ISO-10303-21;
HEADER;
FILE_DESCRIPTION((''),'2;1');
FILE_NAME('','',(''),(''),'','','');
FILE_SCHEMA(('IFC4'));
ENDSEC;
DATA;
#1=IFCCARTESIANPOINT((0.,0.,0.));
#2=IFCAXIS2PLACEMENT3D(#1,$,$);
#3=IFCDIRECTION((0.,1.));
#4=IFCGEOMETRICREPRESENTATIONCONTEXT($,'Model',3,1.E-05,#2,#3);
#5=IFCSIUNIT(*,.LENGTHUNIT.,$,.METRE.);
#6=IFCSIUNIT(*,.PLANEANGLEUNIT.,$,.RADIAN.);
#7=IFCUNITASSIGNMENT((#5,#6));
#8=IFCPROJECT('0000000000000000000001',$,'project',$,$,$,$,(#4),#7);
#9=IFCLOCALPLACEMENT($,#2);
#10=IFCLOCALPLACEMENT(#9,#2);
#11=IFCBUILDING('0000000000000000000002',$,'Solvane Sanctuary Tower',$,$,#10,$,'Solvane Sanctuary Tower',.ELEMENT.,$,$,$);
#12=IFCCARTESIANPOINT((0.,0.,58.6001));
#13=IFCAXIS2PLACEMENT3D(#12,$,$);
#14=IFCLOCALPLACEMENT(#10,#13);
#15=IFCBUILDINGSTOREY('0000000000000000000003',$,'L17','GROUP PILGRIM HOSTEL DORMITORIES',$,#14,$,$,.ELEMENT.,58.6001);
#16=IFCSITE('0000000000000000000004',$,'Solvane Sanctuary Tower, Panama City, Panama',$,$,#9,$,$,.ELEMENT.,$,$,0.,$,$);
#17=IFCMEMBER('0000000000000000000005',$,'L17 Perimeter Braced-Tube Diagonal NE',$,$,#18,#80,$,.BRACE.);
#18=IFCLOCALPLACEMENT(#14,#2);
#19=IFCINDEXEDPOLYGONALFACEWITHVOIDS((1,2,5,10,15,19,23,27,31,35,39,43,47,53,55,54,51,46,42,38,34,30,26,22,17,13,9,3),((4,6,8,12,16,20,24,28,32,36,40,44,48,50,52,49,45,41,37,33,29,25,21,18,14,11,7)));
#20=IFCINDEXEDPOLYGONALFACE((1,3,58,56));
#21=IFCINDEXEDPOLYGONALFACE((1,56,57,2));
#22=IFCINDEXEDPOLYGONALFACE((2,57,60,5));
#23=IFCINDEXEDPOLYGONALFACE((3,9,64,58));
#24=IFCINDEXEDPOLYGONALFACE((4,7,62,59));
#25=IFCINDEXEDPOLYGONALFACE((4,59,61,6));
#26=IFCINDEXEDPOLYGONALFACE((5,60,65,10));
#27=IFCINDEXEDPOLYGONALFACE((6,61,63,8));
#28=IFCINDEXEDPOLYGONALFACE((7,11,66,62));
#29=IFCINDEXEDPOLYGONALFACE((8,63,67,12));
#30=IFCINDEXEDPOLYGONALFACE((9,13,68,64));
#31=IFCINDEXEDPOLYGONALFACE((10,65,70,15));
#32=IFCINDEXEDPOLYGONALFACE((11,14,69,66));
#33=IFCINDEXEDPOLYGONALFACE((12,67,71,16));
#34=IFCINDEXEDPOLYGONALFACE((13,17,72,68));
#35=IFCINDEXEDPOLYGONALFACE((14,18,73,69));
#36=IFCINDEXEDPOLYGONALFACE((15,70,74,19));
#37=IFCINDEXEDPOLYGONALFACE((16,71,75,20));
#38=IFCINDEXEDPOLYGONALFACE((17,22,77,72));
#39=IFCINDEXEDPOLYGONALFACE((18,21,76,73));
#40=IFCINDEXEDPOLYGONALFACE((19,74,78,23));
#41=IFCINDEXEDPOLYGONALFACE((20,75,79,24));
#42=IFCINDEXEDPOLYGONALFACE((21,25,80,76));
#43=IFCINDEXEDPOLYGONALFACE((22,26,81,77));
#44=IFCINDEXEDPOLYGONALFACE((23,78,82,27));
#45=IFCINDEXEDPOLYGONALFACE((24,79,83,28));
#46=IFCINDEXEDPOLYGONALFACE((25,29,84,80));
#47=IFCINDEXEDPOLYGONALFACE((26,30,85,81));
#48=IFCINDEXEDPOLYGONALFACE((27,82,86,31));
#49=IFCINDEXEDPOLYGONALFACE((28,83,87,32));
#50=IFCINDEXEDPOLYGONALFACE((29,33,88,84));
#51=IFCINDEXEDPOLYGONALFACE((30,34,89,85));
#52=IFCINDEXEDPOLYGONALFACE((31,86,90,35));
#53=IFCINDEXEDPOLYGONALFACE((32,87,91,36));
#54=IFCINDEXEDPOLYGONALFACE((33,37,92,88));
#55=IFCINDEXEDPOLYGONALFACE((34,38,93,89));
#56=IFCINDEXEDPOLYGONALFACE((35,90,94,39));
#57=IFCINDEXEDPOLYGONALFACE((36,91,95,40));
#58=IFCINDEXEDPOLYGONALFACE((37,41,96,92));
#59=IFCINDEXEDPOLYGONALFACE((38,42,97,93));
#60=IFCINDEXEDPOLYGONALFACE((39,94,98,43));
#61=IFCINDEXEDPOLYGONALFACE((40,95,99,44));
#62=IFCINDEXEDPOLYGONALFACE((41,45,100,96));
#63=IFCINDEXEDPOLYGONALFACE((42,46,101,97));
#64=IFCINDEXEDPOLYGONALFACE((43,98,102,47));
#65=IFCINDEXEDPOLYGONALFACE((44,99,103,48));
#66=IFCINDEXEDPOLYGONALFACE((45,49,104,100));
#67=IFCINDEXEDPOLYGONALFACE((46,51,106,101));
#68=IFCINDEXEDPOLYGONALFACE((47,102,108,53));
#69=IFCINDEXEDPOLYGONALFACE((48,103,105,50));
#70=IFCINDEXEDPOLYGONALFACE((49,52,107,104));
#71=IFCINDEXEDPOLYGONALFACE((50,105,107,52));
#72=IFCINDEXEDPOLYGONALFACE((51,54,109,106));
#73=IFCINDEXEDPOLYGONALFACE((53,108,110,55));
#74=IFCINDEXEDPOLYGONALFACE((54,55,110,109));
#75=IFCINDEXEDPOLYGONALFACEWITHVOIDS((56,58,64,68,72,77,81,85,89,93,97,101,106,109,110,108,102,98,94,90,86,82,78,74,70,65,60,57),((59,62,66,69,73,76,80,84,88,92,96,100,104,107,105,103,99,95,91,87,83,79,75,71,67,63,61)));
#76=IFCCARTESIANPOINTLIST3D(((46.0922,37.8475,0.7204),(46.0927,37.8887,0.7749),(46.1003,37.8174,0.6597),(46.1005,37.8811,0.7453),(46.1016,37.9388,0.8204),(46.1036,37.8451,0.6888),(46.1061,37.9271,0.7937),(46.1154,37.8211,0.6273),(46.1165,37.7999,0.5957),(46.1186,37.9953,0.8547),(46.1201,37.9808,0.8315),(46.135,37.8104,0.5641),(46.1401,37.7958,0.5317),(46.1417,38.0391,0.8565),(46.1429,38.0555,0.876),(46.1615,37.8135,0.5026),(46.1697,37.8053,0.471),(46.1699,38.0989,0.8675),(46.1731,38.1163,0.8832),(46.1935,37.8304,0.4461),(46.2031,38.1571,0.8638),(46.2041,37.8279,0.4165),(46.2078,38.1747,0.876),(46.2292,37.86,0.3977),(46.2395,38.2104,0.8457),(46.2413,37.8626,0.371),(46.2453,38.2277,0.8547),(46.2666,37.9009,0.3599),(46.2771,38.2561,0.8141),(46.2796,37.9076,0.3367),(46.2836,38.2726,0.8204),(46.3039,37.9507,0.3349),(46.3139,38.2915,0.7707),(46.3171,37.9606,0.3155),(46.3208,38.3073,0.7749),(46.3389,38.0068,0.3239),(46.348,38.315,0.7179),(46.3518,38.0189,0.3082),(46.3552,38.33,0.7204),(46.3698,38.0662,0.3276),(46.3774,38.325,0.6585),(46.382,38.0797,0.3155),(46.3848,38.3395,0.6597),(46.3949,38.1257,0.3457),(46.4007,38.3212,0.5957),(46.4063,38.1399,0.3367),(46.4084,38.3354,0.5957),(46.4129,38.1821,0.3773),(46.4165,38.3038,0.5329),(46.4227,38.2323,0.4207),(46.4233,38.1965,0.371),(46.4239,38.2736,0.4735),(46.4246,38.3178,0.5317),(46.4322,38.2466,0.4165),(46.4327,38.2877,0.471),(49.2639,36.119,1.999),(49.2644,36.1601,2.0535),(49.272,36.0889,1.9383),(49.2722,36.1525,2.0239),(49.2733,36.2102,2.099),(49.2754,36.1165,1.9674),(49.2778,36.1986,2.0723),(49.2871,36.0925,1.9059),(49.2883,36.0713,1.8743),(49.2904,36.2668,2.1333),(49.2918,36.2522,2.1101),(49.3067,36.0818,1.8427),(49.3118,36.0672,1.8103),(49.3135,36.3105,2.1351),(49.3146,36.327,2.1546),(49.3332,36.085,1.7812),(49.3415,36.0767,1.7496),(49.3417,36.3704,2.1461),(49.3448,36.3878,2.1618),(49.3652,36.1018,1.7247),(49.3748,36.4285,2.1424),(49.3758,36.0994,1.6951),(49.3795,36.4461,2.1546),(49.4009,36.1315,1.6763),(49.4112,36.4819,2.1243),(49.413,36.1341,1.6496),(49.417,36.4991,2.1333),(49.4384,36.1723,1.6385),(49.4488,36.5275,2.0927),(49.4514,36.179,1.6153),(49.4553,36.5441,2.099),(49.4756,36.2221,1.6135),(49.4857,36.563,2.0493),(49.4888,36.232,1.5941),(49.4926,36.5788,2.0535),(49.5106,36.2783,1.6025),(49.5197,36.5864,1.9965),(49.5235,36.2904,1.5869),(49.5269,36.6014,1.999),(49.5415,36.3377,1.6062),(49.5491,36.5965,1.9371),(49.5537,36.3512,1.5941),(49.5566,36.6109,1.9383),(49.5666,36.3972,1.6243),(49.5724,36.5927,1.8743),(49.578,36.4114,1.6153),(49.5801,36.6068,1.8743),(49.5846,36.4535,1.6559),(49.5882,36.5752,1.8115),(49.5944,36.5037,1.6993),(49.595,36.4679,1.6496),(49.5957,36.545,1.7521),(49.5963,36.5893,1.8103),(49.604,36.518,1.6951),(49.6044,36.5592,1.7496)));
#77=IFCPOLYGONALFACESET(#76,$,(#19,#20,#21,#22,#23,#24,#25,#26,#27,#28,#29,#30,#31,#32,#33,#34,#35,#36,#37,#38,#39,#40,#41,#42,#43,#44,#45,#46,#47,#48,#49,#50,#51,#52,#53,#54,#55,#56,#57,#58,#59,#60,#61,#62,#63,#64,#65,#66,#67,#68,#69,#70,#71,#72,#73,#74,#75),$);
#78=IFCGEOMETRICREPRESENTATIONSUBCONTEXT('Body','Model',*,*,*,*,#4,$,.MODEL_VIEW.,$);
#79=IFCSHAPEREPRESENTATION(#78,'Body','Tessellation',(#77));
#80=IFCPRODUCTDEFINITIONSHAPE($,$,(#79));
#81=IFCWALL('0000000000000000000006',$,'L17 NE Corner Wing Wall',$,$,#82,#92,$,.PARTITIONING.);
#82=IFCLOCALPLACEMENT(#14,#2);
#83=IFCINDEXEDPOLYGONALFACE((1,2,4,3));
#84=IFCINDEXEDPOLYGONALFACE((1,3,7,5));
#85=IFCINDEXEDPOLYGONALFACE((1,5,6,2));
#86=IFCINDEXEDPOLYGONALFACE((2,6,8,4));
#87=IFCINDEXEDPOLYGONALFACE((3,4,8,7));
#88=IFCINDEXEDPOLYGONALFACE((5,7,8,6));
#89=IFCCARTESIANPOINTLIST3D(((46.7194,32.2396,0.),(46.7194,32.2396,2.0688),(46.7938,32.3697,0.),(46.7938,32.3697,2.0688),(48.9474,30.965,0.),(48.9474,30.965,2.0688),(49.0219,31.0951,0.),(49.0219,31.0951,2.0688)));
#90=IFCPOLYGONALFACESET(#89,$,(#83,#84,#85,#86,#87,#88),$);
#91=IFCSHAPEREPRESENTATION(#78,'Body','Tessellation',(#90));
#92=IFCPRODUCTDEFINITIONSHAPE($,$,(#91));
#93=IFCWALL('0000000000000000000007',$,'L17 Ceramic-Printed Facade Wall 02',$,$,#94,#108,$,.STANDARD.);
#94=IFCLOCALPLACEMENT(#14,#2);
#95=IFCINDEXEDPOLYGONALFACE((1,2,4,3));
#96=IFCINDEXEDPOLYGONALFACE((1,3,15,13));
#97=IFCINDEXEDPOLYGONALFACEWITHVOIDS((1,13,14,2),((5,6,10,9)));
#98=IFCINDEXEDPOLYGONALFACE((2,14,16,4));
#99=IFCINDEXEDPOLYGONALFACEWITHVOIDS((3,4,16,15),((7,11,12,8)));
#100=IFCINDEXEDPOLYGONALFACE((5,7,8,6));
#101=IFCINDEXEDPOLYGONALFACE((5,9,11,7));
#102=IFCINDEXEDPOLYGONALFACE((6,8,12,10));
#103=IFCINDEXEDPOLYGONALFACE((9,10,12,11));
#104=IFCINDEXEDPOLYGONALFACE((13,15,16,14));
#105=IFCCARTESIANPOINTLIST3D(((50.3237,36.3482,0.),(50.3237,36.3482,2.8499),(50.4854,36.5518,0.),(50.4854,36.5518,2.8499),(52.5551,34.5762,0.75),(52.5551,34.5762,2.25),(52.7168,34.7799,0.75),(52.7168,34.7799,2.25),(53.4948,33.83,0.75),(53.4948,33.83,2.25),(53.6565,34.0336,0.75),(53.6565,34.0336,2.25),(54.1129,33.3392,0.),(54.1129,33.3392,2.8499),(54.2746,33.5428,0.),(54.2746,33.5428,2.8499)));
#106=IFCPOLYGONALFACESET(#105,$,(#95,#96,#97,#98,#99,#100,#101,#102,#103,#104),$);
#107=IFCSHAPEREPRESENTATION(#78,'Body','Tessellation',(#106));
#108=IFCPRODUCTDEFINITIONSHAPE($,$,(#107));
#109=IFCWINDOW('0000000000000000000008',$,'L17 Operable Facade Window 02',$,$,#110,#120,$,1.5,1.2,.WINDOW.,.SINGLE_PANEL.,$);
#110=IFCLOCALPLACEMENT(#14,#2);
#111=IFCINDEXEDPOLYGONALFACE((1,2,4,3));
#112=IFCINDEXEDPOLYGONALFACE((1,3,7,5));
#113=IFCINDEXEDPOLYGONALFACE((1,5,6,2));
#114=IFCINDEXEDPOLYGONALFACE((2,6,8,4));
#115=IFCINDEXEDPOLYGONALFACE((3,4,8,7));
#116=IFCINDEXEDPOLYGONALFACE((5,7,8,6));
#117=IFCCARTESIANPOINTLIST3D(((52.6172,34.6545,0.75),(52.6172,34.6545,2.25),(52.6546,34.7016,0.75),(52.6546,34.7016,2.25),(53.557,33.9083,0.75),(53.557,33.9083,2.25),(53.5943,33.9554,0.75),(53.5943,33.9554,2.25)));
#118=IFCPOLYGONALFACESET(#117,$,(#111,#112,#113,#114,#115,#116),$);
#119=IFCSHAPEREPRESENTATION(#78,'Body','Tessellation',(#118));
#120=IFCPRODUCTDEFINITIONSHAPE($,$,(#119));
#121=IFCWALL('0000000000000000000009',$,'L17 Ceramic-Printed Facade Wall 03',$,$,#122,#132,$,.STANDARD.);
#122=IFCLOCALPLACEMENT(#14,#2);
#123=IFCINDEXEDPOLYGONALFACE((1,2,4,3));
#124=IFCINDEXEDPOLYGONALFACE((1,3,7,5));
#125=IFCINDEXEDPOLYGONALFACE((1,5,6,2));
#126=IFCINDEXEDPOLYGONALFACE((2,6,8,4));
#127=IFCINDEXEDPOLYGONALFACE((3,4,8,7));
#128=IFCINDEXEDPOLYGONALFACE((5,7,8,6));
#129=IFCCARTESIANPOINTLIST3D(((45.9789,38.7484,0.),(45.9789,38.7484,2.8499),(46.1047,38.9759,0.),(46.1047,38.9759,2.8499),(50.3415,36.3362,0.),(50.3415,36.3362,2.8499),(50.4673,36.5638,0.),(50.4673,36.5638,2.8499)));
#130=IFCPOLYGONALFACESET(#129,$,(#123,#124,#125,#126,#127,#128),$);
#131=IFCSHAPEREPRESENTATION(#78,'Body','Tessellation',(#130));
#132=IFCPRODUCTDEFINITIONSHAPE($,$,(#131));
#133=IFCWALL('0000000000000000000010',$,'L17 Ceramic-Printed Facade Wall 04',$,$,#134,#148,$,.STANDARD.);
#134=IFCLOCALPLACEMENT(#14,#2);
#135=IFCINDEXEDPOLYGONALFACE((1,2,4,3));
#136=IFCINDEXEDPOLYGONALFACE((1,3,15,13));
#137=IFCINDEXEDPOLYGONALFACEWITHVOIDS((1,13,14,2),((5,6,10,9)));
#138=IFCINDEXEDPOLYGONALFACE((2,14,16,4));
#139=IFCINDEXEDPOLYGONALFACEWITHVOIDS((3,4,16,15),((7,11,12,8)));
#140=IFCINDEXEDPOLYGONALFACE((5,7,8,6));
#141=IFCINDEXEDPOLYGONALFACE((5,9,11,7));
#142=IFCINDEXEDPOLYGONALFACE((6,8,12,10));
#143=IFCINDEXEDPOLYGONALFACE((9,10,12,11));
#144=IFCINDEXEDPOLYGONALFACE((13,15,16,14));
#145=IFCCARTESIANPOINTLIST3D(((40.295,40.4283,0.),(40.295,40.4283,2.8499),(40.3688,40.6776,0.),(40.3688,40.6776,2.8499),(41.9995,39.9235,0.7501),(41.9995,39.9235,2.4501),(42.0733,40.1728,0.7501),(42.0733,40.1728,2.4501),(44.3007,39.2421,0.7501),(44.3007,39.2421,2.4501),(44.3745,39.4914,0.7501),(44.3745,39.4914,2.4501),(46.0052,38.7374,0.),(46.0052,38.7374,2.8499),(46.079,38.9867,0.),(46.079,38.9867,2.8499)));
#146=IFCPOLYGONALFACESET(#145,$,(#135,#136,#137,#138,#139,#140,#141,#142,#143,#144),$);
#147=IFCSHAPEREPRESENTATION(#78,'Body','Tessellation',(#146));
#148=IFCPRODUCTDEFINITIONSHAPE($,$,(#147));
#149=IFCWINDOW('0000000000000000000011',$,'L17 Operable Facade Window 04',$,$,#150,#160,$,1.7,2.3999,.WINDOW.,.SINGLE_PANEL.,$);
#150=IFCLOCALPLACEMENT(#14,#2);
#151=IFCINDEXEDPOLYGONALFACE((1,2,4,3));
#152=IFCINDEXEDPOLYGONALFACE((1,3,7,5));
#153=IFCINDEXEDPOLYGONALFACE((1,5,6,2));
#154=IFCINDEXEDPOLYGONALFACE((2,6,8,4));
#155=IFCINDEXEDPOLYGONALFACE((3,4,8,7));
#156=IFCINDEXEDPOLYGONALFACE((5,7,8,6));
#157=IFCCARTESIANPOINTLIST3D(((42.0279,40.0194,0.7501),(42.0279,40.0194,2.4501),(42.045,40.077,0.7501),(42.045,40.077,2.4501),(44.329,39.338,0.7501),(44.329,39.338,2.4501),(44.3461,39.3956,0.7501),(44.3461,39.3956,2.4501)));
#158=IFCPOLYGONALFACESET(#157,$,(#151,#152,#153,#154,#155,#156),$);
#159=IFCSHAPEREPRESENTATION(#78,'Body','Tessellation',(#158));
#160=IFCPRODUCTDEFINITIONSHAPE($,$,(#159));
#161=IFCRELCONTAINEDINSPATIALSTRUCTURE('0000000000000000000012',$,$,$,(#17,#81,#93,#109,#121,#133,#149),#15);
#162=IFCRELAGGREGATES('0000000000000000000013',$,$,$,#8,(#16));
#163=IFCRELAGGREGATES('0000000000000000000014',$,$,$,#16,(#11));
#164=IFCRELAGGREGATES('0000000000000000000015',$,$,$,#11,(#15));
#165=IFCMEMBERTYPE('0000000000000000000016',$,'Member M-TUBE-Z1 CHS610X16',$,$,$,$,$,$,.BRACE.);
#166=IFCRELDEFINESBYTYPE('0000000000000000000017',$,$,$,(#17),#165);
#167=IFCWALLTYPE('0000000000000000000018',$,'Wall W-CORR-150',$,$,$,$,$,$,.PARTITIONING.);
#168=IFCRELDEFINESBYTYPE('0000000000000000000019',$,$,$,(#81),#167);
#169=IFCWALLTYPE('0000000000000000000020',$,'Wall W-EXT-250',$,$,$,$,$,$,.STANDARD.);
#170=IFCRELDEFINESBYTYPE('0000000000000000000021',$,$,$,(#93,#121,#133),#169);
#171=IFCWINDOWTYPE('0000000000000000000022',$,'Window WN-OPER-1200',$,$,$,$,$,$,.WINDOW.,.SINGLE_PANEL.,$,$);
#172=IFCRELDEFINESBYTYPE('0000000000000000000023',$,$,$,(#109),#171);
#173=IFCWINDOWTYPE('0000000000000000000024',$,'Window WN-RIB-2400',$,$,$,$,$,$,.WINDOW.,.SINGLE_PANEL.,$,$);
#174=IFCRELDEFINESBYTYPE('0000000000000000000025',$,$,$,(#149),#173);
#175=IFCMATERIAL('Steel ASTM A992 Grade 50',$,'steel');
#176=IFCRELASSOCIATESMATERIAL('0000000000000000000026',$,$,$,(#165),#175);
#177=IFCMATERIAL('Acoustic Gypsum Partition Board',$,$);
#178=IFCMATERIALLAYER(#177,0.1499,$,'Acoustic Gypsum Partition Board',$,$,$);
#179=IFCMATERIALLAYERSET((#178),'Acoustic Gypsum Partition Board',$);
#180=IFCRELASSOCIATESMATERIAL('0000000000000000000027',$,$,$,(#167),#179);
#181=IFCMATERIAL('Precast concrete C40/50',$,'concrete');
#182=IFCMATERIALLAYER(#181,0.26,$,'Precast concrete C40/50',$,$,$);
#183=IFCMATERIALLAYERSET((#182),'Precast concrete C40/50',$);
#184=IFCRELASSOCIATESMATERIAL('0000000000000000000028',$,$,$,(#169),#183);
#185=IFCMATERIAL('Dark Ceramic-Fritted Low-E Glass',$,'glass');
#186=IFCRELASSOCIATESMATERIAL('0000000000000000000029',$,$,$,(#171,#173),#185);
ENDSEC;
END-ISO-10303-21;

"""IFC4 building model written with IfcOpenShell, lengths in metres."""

from ifc_helpers import new_model, si_unit, direction, frame, frame_2d, origin, origin_2d, place, context, subcontext, project, spatial, rectangle, hollow_circle, extrude, material, layer, layer_set, material_profile, profile_set, type_object, element, fill, save


model = new_model("IFC4")

# Units and contexts
model_context = context("Model", 3, precision=1e-05, world=origin(), true_north=direction((0.0, 1.0)))
body_context = subcontext(model_context, "Body", "Model", "MODEL_VIEW")
ifc_project = project(units=[si_unit("LENGTHUNIT", "METRE"), si_unit("PLANEANGLEUNIT", "RADIAN")], contexts=[model_context])

# Site, building, storey
site_placement = place(None, origin())
site = spatial("IfcSite", under=ifc_project, at=site_placement, Name="Solvane Sanctuary Tower, Panama City, Panama", CompositionType="ELEMENT", RefElevation=0.0)
building_placement = place(site_placement, origin())
building = spatial("IfcBuilding", under=site, at=building_placement, Name="Solvane Sanctuary Tower", LongName="Solvane Sanctuary Tower", CompositionType="ELEMENT")
storey_placement = place(building_placement, frame((0.0, 0.0, 58.6001)))
storey = spatial("IfcBuildingStorey", under=building, at=storey_placement, Name="L17", Description="GROUP PILGRIM HOSTEL DORMITORIES", CompositionType="ELEMENT", Elevation=58.6001)

# Shared definitions
ifc_material_1 = material(Name="Steel ASTM A992 Grade 50", Category="steel")

# Member
ifc_material_profile_1 = material_profile(ifc_material_1, hollow_circle(Radius=0.3049, WallThickness=0.0161, at=origin_2d()), Name="CHS610X16")
ifc_profile_set_1 = profile_set([ifc_material_profile_1], Name="Steel ASTM A992 Grade 50")
member_type = type_object("IfcMemberType", Name="Member M-TUBE-Z1 CHS610X16", PredefinedType="BRACE", material=ifc_profile_set_1)
member_placement = place(storey_placement, frame((46.2625, 38.0676, 0.5957), z_axis=(0.82774, -0.451112, 0.333683), x_axis=(0.47854, 0.878066, 0.0)))
element("IfcMember", 1, at=member_placement, inside=storey, type_object=member_type, Name="L17 Perimeter Braced-Tube Diagonal NE", PredefinedType="BRACE", context=body_context, shape_type="SweptSolid", body=[
    extrude(hollow_circle(Radius=0.3049, WallThickness=0.0161, at=origin_2d()), origin(), (0.0, 0.0, 1.0), 3.8318),
])

# Wall
ifc_material_2 = material(Name="Acoustic Gypsum Partition Board")
ifc_layer_1 = layer(ifc_material_2, 0.1499, Name="Acoustic Gypsum Partition Board")
ifc_layer_set_1 = layer_set([ifc_layer_1], Name="Acoustic Gypsum Partition Board")
wall_type_1 = type_object("IfcWallType", Name="Wall W-CORR-150", PredefinedType="PARTITIONING", material=ifc_layer_set_1)
wall_1_placement = place(storey_placement, frame((46.7566, 32.3047, 0.0), z_axis=(0.0, 0.0, 1.0), x_axis=(0.867991, -0.496579, 0.0)))
element("IfcWall", 2, at=wall_1_placement, inside=storey, type_object=wall_type_1, Name="L17 NE Corner Wing Wall", PredefinedType="PARTITIONING", context=body_context, shape_type="SweptSolid", body=[
    extrude(rectangle(XDim=2.5669, YDim=0.1499, at=frame_2d((1.2834, 0.0))), origin(), (0.0, 0.0, 1.0), 2.0688),
])

# Wall, opening, window
ifc_material_3 = material(Name="Precast concrete C40/50", Category="concrete")
ifc_layer_2 = layer(ifc_material_3, 0.26, Name="Precast concrete C40/50")
ifc_layer_set_2 = layer_set([ifc_layer_2], Name="Precast concrete C40/50")
wall_type_2 = type_object("IfcWallType", Name="Wall W-EXT-250", PredefinedType="STANDARD", material=ifc_layer_set_2)
wall_2_placement = place(storey_placement, frame((54.1938, 33.4409, 0.0), z_axis=(0.0, 0.0, 1.0), x_axis=(-0.783123, 0.621867, 0.0)))
wall_2 = element("IfcWall", 3, at=wall_2_placement, inside=storey, type_object=wall_type_2, Name="L17 Ceramic-Printed Facade Wall 02", PredefinedType="STANDARD", context=body_context, shape_type="SweptSolid", body=[
    extrude(rectangle(XDim=4.8386, YDim=0.26, at=frame_2d((2.4194, 0.0))), origin(), (0.0, 0.0, 1.0), 2.8499),
])
opening_1_placement = place(wall_2_placement, frame((0.7893, 0.0, 0.75)))
opening_1 = element("IfcOpeningElement", 4, at=opening_1_placement, cuts=wall_2, PredefinedType="OPENING", context=body_context, shape_type="SweptSolid", body=[
    extrude(rectangle(XDim=1.2, YDim=1.5, at=frame_2d((0.6001, 0.75))), frame((0.0, 0.1399, 0.0), z_axis=(0.0, -1.0, 0.0), x_axis=(1.0, 0.0, 0.0)), (0.0, 0.0, 1.0), 0.28),
])
ifc_material_4 = material(Name="Dark Ceramic-Fritted Low-E Glass", Category="glass")
window_type_1 = type_object("IfcWindowType", Name="Window WN-OPER-1200", PartitioningType="SINGLE_PANEL", PredefinedType="WINDOW", material=ifc_material_4)
window_1_placement = place(opening_1_placement, origin())
window_1 = element("IfcWindow", 5, at=window_1_placement, inside=storey, type_object=window_type_1, Name="L17 Operable Facade Window 02", OverallHeight=1.5, OverallWidth=1.2, PartitioningType="SINGLE_PANEL", PredefinedType="WINDOW", context=body_context, shape_type="SweptSolid", body=[
    extrude(rectangle(XDim=1.2, YDim=1.5, at=frame_2d((0.6001, 0.75))), frame((0.0, 0.03, 0.0), z_axis=(0.0, -1.0, 0.0), x_axis=(1.0, 0.0, 0.0)), (0.0, 0.0, 1.0), 0.0601),
])
fill(opening_1, window_1)

# Wall
wall_3_placement = place(storey_placement, frame((50.4045, 36.45, 0.0), z_axis=(0.0, 0.0, 1.0), x_axis=(-0.875137, 0.483875, 0.0)))
element("IfcWall", 6, at=wall_3_placement, inside=storey, type_object=wall_type_2, Name="L17 Ceramic-Printed Facade Wall 03", PredefinedType="STANDARD", context=body_context, shape_type="SweptSolid", body=[
    extrude(rectangle(XDim=4.9851, YDim=0.26, at=frame_2d((2.4927, 0.0))), origin(), (0.0, 0.0, 1.0), 2.8499),
])

# Wall, opening, window
wall_4_placement = place(storey_placement, frame((46.042, 38.8621, 0.0), z_axis=(0.0, 0.0, 1.0), x_axis=(-0.958844, 0.283935, 0.0)))
wall_4 = element("IfcWall", 7, at=wall_4_placement, inside=storey, type_object=wall_type_2, Name="L17 Ceramic-Printed Facade Wall 04", PredefinedType="STANDARD", context=body_context, shape_type="SweptSolid", body=[
    extrude(rectangle(XDim=5.9553, YDim=0.26, at=frame_2d((2.9775, 0.0))), origin(), (0.0, 0.0, 1.0), 2.8499),
])
opening_2_placement = place(wall_4_placement, frame((1.7776, 0.0, 0.75)))
opening_2 = element("IfcOpeningElement", 8, at=opening_2_placement, cuts=wall_4, PredefinedType="OPENING", context=body_context, shape_type="SweptSolid", body=[
    extrude(rectangle(XDim=2.3999, YDim=1.7, at=frame_2d((1.2, 0.8501))), frame((0.0, 0.1399, 0.0), z_axis=(0.0, -1.0, 0.0), x_axis=(1.0, 0.0, 0.0)), (0.0, 0.0, 1.0), 0.28),
])
window_type_2 = type_object("IfcWindowType", Name="Window WN-RIB-2400", PartitioningType="SINGLE_PANEL", PredefinedType="WINDOW", material=ifc_material_4)
window_2_placement = place(opening_2_placement, origin())
window_2 = element("IfcWindow", 9, at=window_2_placement, inside=storey, type_object=window_type_2, Name="L17 Operable Facade Window 04", OverallHeight=1.7, OverallWidth=2.3999, PartitioningType="SINGLE_PANEL", PredefinedType="WINDOW", context=body_context, shape_type="SweptSolid", body=[
    extrude(rectangle(XDim=2.3999, YDim=1.7, at=frame_2d((1.2, 0.8501))), frame((0.0, 0.03, 0.0), z_axis=(0.0, -1.0, 0.0), x_axis=(1.0, 0.0, 0.0)), (0.0, 0.0, 1.0), 0.0601),
])
fill(opening_2, window_2)

save(model, "model.ifc")
